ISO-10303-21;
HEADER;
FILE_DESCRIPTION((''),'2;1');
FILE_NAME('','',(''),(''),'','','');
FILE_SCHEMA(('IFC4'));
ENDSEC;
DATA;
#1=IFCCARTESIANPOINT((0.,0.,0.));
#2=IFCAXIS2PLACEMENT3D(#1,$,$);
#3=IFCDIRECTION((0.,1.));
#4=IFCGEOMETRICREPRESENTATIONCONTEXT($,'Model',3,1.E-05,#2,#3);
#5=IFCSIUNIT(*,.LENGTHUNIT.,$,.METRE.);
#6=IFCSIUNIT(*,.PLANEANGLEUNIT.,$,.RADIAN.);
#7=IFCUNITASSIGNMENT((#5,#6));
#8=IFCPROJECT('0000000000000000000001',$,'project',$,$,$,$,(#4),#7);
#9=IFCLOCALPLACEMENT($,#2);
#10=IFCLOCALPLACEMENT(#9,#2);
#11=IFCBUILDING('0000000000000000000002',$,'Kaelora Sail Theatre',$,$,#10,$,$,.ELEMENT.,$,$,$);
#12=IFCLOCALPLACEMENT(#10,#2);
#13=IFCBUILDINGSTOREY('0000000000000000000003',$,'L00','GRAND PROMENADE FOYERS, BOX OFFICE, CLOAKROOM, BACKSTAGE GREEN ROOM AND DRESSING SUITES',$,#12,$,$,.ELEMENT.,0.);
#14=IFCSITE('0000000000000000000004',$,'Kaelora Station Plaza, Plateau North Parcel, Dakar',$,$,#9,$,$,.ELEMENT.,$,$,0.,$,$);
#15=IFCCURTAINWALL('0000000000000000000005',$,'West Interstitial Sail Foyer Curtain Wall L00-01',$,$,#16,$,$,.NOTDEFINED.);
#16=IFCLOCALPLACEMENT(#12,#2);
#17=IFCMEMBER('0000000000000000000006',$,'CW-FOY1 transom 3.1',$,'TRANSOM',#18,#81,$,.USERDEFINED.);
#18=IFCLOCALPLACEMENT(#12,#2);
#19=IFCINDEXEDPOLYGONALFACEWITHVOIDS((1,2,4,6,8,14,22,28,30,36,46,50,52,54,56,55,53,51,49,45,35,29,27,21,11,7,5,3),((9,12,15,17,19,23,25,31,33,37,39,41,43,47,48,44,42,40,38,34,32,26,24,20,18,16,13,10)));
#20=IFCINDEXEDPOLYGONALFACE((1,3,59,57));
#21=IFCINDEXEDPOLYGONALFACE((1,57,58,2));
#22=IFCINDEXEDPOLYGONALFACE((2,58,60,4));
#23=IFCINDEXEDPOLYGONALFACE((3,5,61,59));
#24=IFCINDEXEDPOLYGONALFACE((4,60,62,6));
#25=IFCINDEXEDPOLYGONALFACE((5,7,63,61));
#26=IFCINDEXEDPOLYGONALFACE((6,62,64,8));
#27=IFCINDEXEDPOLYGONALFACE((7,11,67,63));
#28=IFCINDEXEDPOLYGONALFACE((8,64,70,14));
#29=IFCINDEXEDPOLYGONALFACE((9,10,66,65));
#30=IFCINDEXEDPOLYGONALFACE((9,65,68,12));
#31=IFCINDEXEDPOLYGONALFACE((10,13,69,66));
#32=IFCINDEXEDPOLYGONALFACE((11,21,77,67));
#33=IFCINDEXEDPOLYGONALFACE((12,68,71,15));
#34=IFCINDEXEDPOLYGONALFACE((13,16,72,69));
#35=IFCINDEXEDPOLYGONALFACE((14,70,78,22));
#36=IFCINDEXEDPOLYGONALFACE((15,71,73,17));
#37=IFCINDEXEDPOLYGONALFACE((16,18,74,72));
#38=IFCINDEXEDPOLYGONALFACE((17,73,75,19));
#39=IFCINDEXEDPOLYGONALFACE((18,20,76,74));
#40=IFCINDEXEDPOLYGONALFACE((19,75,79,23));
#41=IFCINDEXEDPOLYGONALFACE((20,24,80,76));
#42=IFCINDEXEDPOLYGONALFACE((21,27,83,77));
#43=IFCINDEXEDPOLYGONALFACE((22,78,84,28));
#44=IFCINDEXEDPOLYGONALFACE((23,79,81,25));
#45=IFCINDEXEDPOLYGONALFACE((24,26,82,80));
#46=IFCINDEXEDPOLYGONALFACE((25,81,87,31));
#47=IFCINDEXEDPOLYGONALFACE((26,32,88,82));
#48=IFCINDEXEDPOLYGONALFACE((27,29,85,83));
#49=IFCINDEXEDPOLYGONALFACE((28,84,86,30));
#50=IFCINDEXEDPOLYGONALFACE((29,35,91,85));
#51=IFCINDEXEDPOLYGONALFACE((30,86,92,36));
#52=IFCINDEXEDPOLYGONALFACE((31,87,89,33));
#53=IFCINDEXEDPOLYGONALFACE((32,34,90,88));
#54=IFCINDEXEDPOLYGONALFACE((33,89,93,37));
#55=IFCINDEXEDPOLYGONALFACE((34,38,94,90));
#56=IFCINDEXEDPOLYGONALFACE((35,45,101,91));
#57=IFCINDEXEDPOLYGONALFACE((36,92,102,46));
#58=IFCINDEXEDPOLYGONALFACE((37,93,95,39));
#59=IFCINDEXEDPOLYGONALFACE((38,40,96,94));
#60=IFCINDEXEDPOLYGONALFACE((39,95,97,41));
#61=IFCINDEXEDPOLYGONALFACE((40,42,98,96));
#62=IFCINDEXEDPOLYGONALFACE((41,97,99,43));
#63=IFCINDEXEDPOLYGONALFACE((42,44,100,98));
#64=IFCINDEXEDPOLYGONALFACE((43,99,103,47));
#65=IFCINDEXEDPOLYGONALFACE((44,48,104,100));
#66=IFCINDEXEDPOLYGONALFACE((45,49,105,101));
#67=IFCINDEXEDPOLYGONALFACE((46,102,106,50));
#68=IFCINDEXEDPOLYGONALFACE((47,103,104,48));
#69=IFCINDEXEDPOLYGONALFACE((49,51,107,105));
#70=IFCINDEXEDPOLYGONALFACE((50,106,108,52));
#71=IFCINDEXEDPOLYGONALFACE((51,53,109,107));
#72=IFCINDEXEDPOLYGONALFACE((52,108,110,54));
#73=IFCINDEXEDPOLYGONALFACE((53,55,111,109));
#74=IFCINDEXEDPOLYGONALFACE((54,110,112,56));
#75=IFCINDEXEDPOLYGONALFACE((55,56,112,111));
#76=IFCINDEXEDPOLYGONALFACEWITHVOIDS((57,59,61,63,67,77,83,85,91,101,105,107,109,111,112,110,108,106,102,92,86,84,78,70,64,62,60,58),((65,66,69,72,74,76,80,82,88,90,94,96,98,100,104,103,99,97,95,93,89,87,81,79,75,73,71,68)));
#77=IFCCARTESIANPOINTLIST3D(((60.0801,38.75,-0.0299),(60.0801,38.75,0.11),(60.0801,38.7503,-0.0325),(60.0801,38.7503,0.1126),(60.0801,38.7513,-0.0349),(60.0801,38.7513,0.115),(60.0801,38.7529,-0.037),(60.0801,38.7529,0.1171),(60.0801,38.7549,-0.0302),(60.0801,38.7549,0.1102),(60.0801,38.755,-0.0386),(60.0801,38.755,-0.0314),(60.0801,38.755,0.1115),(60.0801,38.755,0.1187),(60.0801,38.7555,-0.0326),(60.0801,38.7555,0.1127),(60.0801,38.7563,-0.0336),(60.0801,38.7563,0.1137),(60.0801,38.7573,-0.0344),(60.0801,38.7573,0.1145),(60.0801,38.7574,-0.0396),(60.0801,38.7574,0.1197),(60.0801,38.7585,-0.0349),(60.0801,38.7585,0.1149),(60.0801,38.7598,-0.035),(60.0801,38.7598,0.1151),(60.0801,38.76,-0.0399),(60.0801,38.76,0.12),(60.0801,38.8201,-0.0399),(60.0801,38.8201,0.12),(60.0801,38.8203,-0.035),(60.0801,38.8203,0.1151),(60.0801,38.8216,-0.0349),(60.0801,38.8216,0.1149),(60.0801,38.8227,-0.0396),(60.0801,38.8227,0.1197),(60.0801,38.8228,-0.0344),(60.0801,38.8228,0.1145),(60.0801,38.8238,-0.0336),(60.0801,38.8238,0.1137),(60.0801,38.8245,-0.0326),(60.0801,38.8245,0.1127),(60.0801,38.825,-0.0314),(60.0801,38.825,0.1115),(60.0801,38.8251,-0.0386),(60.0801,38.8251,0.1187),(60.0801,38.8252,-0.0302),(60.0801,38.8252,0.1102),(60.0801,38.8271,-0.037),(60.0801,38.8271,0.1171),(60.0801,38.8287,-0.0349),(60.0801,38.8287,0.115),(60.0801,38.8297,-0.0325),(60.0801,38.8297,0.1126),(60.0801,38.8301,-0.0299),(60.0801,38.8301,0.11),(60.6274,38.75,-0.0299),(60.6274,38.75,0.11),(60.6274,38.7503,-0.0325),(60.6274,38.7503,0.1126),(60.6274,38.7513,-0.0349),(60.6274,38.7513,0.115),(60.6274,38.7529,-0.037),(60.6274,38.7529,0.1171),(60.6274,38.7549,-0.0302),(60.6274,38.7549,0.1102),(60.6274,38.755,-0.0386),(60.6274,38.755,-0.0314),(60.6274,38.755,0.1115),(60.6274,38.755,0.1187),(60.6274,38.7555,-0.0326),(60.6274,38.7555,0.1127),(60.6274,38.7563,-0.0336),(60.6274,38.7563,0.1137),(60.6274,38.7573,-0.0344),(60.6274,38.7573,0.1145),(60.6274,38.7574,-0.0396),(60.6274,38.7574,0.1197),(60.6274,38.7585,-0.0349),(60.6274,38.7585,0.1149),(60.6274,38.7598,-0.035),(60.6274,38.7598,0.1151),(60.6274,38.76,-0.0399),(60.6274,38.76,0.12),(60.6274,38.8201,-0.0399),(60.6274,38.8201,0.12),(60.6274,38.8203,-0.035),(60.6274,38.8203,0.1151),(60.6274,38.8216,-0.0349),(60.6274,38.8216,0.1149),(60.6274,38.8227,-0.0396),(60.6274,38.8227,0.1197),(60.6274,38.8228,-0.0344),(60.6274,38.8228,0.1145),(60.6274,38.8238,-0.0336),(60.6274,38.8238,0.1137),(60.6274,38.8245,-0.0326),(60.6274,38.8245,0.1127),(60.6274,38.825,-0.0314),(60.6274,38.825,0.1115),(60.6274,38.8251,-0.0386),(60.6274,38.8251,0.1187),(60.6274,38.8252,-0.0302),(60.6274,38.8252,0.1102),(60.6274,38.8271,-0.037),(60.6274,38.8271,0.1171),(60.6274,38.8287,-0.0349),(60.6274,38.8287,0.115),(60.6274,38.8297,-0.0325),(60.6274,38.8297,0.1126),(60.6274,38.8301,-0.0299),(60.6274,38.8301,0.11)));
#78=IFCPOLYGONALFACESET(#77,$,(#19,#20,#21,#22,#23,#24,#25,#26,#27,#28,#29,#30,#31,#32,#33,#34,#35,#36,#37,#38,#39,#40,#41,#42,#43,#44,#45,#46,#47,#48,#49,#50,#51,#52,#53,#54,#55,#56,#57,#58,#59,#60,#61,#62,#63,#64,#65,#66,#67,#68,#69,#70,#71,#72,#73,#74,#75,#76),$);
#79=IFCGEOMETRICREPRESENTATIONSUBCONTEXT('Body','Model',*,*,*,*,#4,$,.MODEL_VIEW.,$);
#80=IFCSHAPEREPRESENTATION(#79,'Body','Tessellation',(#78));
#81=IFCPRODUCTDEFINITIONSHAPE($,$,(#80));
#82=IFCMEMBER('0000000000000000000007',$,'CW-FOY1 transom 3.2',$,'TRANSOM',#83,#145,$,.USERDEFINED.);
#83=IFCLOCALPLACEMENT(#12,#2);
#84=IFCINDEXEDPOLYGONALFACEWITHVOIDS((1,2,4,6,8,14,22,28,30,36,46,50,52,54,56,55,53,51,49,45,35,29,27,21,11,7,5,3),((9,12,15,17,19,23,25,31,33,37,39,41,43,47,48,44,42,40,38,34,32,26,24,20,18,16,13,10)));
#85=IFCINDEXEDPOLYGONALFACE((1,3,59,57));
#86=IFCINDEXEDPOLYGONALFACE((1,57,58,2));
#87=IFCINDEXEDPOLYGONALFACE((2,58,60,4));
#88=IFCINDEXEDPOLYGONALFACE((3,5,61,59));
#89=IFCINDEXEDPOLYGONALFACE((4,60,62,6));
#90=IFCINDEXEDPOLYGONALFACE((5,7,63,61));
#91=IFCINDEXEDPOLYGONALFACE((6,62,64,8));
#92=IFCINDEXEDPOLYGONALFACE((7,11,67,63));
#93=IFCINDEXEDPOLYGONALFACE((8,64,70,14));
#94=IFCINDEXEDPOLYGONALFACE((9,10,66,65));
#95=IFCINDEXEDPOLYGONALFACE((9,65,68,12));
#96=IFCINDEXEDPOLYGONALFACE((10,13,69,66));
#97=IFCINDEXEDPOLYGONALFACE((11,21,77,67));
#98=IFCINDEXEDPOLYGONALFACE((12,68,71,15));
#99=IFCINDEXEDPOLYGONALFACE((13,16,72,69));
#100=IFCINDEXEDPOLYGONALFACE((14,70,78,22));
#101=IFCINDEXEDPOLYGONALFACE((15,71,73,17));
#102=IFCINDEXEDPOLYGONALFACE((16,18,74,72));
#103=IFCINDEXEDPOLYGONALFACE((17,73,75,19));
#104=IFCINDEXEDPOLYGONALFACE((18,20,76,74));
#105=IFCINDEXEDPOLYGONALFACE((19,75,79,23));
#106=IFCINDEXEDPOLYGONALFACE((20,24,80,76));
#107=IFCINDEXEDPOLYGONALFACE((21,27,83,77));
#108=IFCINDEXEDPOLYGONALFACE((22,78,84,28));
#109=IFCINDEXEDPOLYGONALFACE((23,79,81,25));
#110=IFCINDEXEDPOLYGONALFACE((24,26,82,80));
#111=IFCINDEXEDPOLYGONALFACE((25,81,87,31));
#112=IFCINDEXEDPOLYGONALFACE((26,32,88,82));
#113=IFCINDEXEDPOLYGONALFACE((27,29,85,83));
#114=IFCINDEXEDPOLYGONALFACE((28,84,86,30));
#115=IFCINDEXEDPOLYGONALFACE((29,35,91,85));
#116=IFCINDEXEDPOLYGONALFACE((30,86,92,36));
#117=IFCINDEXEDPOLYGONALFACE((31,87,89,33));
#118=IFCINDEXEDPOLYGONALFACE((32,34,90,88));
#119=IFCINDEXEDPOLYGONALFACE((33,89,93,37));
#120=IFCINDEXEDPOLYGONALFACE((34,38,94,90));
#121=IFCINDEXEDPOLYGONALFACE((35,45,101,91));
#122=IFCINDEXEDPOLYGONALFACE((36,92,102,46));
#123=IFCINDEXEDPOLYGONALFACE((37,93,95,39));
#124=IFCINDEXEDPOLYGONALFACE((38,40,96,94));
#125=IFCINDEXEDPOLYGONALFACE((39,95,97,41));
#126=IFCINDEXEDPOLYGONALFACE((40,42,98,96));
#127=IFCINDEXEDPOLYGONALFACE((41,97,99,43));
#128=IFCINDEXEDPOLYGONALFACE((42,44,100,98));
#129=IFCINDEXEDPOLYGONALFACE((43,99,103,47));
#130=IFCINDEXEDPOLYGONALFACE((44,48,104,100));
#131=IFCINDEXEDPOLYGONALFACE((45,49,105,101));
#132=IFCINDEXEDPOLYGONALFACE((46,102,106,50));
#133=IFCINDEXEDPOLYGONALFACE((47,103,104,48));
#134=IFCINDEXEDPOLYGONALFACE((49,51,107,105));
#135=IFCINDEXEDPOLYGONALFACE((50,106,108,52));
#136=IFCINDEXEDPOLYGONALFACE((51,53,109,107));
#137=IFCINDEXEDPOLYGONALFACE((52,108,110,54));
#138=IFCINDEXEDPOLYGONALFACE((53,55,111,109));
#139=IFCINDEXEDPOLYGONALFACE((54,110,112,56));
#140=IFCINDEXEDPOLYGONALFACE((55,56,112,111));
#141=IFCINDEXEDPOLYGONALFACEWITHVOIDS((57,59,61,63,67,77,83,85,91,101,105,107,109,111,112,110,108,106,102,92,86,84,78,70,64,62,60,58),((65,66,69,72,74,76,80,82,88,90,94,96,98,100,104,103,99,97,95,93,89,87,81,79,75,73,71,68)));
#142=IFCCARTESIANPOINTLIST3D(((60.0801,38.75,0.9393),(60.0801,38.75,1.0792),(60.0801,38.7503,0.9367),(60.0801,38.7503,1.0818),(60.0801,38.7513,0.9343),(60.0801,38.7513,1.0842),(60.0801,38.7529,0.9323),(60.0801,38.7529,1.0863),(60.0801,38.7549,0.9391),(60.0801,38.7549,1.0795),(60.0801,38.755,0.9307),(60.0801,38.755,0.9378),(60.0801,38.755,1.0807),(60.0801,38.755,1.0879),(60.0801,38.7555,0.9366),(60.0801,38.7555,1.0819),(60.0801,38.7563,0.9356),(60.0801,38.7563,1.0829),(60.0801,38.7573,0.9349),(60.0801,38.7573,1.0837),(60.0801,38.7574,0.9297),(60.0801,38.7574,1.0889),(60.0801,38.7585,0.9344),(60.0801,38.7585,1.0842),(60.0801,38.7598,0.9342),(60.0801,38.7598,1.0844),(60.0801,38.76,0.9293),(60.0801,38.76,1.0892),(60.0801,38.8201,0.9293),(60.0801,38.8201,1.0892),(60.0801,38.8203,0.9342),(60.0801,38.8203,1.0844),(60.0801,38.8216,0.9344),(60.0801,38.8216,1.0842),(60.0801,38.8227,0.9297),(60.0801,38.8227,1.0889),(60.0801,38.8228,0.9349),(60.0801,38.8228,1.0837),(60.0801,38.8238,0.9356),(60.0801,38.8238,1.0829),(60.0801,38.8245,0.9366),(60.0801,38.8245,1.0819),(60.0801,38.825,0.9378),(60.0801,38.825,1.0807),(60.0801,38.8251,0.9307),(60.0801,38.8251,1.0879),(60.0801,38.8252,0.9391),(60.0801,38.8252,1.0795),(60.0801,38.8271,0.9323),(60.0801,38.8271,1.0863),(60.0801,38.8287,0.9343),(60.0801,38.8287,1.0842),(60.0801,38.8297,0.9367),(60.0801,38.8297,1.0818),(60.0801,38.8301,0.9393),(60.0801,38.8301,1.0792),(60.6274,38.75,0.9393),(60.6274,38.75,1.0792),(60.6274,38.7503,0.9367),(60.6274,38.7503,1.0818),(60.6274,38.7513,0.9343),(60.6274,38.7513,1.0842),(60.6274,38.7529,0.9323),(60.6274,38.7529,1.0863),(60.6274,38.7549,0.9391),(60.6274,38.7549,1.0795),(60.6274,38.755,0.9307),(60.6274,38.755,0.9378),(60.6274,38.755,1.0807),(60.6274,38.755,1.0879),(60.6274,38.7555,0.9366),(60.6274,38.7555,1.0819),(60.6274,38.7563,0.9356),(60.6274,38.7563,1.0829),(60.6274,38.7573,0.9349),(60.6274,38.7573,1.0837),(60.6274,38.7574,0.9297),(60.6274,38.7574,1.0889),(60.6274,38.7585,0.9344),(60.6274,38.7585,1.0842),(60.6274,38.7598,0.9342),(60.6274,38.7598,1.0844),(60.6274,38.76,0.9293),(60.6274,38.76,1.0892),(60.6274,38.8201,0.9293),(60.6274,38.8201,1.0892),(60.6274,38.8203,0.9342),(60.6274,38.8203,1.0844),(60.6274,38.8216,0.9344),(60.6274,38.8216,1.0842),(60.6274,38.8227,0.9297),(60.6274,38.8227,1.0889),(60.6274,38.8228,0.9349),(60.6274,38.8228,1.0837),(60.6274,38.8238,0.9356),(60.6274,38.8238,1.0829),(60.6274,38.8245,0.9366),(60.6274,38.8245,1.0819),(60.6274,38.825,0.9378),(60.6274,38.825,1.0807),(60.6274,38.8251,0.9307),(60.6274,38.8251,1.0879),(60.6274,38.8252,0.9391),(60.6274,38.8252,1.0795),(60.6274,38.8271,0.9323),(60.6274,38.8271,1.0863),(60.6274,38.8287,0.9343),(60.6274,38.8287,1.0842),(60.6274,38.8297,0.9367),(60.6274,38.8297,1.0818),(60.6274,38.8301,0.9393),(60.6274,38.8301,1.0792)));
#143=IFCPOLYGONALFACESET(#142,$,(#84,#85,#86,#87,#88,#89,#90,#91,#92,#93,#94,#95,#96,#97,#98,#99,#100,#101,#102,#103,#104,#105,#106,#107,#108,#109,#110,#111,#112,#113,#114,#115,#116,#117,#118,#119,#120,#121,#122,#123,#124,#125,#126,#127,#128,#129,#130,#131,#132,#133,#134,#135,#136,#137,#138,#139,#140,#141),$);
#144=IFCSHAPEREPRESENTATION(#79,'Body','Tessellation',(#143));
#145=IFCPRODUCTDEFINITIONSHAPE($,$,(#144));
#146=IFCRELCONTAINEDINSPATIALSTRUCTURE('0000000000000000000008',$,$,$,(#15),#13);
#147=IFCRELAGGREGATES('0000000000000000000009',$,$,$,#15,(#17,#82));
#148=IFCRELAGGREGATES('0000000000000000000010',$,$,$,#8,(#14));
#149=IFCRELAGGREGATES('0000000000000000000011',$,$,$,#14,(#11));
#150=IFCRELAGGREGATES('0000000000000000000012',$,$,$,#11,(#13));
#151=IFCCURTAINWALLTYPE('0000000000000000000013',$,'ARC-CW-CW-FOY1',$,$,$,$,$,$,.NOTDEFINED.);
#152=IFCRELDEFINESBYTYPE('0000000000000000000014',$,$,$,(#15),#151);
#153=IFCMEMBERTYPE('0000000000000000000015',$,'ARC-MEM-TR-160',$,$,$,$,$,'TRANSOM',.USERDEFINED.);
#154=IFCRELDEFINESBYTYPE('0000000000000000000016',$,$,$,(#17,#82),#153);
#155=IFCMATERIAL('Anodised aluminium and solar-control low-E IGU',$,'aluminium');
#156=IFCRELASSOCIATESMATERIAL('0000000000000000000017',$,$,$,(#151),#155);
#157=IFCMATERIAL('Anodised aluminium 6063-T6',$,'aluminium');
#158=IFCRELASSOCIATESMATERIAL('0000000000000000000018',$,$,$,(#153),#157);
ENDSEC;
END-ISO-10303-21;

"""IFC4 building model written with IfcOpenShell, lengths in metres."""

from ifc_helpers import new_model, si_unit, direction, frame, origin, origin_2d, place, context, subcontext, project, spatial, hollow_rectangle, extrude, material, material_profile, profile_set, type_object, element, aggregate, save


model = new_model("IFC4")

# Units and contexts
model_context = context("Model", 3, precision=1e-05, world=origin(), true_north=direction((0.0, 1.0)))
body_context = subcontext(model_context, "Body", "Model", "MODEL_VIEW")
ifc_project = project(units=[si_unit("LENGTHUNIT", "METRE"), si_unit("PLANEANGLEUNIT", "RADIAN")], contexts=[model_context])

# Site, building, storey
site_placement = place(None, origin())
site = spatial("IfcSite", under=ifc_project, at=site_placement, Name="Kaelora Station Plaza, Plateau North Parcel, Dakar", CompositionType="ELEMENT", RefElevation=0.0)
building_placement = place(site_placement, origin())
building = spatial("IfcBuilding", under=site, at=building_placement, Name="Kaelora Sail Theatre", CompositionType="ELEMENT")
storey_placement = place(building_placement, origin())
storey = spatial("IfcBuildingStorey", under=building, at=storey_placement, Name="L00", Description="GRAND PROMENADE FOYERS, BOX OFFICE, CLOAKROOM, BACKSTAGE GREEN ROOM AND DRESSING SUITES", CompositionType="ELEMENT", Elevation=0.0)

# Curtain wall, members
ifc_material_1 = material(Name="Anodised aluminium and solar-control low-E IGU", Category="aluminium")
curtain_wall_type = type_object("IfcCurtainWallType", Name="ARC-CW-CW-FOY1", PredefinedType="NOTDEFINED", material=ifc_material_1)
curtain_wall_placement = place(storey_placement, origin())
curtain_wall = element("IfcCurtainWall", 1, at=curtain_wall_placement, inside=storey, type_object=curtain_wall_type, Name="West Interstitial Sail Foyer Curtain Wall L00-01", PredefinedType="NOTDEFINED")
ifc_material_2 = material(Name="Anodised aluminium 6063-T6", Category="aluminium")
ifc_material_profile_1 = material_profile(ifc_material_2, hollow_rectangle(XDim=0.0801, YDim=0.1599, WallThickness=0.0049, InnerFilletRadius=0.0049, OuterFilletRadius=0.01, at=origin_2d()), Name="ALU-TRAN 80x160x5")
ifc_profile_set_1 = profile_set([ifc_material_profile_1], Name="Anodised aluminium 6063-T6")
member_type_1 = type_object("IfcMemberType", Name="ARC-MEM-TR-160", ElementType="TRANSOM", PredefinedType="USERDEFINED", material=ifc_profile_set_1)
member_1_placement = place(storey_placement, frame((60.0801, 38.79, 0.04), z_axis=(1.0, 0.0, 0.0), x_axis=(0.0, 1.0, 0.0)))
member_1 = element("IfcMember", 2, at=member_1_placement, type_object=member_type_1, Name="CW-FOY1 transom 3.1", ObjectType="TRANSOM", PredefinedType="USERDEFINED", context=body_context, shape_type="SweptSolid", body=[
    extrude(hollow_rectangle(XDim=0.0801, YDim=0.1599, WallThickness=0.0049, InnerFilletRadius=0.0049, OuterFilletRadius=0.01, at=origin_2d()), origin(), (0.0, 0.0, 1.0), 0.5474),
])
member_2_placement = place(storey_placement, frame((60.0801, 38.79, 1.0093), z_axis=(1.0, 0.0, 0.0), x_axis=(0.0, 1.0, 0.0)))
member_2 = element("IfcMember", 3, at=member_2_placement, type_object=member_type_1, Name="CW-FOY1 transom 3.2", ObjectType="TRANSOM", PredefinedType="USERDEFINED", context=body_context, shape_type="SweptSolid", body=[
    extrude(hollow_rectangle(XDim=0.0801, YDim=0.1599, WallThickness=0.0049, InnerFilletRadius=0.0049, OuterFilletRadius=0.01, at=origin_2d()), origin(), (0.0, 0.0, 1.0), 0.5474),
])
aggregate(curtain_wall, [member_1, member_2])

save(model, "model.ifc")
